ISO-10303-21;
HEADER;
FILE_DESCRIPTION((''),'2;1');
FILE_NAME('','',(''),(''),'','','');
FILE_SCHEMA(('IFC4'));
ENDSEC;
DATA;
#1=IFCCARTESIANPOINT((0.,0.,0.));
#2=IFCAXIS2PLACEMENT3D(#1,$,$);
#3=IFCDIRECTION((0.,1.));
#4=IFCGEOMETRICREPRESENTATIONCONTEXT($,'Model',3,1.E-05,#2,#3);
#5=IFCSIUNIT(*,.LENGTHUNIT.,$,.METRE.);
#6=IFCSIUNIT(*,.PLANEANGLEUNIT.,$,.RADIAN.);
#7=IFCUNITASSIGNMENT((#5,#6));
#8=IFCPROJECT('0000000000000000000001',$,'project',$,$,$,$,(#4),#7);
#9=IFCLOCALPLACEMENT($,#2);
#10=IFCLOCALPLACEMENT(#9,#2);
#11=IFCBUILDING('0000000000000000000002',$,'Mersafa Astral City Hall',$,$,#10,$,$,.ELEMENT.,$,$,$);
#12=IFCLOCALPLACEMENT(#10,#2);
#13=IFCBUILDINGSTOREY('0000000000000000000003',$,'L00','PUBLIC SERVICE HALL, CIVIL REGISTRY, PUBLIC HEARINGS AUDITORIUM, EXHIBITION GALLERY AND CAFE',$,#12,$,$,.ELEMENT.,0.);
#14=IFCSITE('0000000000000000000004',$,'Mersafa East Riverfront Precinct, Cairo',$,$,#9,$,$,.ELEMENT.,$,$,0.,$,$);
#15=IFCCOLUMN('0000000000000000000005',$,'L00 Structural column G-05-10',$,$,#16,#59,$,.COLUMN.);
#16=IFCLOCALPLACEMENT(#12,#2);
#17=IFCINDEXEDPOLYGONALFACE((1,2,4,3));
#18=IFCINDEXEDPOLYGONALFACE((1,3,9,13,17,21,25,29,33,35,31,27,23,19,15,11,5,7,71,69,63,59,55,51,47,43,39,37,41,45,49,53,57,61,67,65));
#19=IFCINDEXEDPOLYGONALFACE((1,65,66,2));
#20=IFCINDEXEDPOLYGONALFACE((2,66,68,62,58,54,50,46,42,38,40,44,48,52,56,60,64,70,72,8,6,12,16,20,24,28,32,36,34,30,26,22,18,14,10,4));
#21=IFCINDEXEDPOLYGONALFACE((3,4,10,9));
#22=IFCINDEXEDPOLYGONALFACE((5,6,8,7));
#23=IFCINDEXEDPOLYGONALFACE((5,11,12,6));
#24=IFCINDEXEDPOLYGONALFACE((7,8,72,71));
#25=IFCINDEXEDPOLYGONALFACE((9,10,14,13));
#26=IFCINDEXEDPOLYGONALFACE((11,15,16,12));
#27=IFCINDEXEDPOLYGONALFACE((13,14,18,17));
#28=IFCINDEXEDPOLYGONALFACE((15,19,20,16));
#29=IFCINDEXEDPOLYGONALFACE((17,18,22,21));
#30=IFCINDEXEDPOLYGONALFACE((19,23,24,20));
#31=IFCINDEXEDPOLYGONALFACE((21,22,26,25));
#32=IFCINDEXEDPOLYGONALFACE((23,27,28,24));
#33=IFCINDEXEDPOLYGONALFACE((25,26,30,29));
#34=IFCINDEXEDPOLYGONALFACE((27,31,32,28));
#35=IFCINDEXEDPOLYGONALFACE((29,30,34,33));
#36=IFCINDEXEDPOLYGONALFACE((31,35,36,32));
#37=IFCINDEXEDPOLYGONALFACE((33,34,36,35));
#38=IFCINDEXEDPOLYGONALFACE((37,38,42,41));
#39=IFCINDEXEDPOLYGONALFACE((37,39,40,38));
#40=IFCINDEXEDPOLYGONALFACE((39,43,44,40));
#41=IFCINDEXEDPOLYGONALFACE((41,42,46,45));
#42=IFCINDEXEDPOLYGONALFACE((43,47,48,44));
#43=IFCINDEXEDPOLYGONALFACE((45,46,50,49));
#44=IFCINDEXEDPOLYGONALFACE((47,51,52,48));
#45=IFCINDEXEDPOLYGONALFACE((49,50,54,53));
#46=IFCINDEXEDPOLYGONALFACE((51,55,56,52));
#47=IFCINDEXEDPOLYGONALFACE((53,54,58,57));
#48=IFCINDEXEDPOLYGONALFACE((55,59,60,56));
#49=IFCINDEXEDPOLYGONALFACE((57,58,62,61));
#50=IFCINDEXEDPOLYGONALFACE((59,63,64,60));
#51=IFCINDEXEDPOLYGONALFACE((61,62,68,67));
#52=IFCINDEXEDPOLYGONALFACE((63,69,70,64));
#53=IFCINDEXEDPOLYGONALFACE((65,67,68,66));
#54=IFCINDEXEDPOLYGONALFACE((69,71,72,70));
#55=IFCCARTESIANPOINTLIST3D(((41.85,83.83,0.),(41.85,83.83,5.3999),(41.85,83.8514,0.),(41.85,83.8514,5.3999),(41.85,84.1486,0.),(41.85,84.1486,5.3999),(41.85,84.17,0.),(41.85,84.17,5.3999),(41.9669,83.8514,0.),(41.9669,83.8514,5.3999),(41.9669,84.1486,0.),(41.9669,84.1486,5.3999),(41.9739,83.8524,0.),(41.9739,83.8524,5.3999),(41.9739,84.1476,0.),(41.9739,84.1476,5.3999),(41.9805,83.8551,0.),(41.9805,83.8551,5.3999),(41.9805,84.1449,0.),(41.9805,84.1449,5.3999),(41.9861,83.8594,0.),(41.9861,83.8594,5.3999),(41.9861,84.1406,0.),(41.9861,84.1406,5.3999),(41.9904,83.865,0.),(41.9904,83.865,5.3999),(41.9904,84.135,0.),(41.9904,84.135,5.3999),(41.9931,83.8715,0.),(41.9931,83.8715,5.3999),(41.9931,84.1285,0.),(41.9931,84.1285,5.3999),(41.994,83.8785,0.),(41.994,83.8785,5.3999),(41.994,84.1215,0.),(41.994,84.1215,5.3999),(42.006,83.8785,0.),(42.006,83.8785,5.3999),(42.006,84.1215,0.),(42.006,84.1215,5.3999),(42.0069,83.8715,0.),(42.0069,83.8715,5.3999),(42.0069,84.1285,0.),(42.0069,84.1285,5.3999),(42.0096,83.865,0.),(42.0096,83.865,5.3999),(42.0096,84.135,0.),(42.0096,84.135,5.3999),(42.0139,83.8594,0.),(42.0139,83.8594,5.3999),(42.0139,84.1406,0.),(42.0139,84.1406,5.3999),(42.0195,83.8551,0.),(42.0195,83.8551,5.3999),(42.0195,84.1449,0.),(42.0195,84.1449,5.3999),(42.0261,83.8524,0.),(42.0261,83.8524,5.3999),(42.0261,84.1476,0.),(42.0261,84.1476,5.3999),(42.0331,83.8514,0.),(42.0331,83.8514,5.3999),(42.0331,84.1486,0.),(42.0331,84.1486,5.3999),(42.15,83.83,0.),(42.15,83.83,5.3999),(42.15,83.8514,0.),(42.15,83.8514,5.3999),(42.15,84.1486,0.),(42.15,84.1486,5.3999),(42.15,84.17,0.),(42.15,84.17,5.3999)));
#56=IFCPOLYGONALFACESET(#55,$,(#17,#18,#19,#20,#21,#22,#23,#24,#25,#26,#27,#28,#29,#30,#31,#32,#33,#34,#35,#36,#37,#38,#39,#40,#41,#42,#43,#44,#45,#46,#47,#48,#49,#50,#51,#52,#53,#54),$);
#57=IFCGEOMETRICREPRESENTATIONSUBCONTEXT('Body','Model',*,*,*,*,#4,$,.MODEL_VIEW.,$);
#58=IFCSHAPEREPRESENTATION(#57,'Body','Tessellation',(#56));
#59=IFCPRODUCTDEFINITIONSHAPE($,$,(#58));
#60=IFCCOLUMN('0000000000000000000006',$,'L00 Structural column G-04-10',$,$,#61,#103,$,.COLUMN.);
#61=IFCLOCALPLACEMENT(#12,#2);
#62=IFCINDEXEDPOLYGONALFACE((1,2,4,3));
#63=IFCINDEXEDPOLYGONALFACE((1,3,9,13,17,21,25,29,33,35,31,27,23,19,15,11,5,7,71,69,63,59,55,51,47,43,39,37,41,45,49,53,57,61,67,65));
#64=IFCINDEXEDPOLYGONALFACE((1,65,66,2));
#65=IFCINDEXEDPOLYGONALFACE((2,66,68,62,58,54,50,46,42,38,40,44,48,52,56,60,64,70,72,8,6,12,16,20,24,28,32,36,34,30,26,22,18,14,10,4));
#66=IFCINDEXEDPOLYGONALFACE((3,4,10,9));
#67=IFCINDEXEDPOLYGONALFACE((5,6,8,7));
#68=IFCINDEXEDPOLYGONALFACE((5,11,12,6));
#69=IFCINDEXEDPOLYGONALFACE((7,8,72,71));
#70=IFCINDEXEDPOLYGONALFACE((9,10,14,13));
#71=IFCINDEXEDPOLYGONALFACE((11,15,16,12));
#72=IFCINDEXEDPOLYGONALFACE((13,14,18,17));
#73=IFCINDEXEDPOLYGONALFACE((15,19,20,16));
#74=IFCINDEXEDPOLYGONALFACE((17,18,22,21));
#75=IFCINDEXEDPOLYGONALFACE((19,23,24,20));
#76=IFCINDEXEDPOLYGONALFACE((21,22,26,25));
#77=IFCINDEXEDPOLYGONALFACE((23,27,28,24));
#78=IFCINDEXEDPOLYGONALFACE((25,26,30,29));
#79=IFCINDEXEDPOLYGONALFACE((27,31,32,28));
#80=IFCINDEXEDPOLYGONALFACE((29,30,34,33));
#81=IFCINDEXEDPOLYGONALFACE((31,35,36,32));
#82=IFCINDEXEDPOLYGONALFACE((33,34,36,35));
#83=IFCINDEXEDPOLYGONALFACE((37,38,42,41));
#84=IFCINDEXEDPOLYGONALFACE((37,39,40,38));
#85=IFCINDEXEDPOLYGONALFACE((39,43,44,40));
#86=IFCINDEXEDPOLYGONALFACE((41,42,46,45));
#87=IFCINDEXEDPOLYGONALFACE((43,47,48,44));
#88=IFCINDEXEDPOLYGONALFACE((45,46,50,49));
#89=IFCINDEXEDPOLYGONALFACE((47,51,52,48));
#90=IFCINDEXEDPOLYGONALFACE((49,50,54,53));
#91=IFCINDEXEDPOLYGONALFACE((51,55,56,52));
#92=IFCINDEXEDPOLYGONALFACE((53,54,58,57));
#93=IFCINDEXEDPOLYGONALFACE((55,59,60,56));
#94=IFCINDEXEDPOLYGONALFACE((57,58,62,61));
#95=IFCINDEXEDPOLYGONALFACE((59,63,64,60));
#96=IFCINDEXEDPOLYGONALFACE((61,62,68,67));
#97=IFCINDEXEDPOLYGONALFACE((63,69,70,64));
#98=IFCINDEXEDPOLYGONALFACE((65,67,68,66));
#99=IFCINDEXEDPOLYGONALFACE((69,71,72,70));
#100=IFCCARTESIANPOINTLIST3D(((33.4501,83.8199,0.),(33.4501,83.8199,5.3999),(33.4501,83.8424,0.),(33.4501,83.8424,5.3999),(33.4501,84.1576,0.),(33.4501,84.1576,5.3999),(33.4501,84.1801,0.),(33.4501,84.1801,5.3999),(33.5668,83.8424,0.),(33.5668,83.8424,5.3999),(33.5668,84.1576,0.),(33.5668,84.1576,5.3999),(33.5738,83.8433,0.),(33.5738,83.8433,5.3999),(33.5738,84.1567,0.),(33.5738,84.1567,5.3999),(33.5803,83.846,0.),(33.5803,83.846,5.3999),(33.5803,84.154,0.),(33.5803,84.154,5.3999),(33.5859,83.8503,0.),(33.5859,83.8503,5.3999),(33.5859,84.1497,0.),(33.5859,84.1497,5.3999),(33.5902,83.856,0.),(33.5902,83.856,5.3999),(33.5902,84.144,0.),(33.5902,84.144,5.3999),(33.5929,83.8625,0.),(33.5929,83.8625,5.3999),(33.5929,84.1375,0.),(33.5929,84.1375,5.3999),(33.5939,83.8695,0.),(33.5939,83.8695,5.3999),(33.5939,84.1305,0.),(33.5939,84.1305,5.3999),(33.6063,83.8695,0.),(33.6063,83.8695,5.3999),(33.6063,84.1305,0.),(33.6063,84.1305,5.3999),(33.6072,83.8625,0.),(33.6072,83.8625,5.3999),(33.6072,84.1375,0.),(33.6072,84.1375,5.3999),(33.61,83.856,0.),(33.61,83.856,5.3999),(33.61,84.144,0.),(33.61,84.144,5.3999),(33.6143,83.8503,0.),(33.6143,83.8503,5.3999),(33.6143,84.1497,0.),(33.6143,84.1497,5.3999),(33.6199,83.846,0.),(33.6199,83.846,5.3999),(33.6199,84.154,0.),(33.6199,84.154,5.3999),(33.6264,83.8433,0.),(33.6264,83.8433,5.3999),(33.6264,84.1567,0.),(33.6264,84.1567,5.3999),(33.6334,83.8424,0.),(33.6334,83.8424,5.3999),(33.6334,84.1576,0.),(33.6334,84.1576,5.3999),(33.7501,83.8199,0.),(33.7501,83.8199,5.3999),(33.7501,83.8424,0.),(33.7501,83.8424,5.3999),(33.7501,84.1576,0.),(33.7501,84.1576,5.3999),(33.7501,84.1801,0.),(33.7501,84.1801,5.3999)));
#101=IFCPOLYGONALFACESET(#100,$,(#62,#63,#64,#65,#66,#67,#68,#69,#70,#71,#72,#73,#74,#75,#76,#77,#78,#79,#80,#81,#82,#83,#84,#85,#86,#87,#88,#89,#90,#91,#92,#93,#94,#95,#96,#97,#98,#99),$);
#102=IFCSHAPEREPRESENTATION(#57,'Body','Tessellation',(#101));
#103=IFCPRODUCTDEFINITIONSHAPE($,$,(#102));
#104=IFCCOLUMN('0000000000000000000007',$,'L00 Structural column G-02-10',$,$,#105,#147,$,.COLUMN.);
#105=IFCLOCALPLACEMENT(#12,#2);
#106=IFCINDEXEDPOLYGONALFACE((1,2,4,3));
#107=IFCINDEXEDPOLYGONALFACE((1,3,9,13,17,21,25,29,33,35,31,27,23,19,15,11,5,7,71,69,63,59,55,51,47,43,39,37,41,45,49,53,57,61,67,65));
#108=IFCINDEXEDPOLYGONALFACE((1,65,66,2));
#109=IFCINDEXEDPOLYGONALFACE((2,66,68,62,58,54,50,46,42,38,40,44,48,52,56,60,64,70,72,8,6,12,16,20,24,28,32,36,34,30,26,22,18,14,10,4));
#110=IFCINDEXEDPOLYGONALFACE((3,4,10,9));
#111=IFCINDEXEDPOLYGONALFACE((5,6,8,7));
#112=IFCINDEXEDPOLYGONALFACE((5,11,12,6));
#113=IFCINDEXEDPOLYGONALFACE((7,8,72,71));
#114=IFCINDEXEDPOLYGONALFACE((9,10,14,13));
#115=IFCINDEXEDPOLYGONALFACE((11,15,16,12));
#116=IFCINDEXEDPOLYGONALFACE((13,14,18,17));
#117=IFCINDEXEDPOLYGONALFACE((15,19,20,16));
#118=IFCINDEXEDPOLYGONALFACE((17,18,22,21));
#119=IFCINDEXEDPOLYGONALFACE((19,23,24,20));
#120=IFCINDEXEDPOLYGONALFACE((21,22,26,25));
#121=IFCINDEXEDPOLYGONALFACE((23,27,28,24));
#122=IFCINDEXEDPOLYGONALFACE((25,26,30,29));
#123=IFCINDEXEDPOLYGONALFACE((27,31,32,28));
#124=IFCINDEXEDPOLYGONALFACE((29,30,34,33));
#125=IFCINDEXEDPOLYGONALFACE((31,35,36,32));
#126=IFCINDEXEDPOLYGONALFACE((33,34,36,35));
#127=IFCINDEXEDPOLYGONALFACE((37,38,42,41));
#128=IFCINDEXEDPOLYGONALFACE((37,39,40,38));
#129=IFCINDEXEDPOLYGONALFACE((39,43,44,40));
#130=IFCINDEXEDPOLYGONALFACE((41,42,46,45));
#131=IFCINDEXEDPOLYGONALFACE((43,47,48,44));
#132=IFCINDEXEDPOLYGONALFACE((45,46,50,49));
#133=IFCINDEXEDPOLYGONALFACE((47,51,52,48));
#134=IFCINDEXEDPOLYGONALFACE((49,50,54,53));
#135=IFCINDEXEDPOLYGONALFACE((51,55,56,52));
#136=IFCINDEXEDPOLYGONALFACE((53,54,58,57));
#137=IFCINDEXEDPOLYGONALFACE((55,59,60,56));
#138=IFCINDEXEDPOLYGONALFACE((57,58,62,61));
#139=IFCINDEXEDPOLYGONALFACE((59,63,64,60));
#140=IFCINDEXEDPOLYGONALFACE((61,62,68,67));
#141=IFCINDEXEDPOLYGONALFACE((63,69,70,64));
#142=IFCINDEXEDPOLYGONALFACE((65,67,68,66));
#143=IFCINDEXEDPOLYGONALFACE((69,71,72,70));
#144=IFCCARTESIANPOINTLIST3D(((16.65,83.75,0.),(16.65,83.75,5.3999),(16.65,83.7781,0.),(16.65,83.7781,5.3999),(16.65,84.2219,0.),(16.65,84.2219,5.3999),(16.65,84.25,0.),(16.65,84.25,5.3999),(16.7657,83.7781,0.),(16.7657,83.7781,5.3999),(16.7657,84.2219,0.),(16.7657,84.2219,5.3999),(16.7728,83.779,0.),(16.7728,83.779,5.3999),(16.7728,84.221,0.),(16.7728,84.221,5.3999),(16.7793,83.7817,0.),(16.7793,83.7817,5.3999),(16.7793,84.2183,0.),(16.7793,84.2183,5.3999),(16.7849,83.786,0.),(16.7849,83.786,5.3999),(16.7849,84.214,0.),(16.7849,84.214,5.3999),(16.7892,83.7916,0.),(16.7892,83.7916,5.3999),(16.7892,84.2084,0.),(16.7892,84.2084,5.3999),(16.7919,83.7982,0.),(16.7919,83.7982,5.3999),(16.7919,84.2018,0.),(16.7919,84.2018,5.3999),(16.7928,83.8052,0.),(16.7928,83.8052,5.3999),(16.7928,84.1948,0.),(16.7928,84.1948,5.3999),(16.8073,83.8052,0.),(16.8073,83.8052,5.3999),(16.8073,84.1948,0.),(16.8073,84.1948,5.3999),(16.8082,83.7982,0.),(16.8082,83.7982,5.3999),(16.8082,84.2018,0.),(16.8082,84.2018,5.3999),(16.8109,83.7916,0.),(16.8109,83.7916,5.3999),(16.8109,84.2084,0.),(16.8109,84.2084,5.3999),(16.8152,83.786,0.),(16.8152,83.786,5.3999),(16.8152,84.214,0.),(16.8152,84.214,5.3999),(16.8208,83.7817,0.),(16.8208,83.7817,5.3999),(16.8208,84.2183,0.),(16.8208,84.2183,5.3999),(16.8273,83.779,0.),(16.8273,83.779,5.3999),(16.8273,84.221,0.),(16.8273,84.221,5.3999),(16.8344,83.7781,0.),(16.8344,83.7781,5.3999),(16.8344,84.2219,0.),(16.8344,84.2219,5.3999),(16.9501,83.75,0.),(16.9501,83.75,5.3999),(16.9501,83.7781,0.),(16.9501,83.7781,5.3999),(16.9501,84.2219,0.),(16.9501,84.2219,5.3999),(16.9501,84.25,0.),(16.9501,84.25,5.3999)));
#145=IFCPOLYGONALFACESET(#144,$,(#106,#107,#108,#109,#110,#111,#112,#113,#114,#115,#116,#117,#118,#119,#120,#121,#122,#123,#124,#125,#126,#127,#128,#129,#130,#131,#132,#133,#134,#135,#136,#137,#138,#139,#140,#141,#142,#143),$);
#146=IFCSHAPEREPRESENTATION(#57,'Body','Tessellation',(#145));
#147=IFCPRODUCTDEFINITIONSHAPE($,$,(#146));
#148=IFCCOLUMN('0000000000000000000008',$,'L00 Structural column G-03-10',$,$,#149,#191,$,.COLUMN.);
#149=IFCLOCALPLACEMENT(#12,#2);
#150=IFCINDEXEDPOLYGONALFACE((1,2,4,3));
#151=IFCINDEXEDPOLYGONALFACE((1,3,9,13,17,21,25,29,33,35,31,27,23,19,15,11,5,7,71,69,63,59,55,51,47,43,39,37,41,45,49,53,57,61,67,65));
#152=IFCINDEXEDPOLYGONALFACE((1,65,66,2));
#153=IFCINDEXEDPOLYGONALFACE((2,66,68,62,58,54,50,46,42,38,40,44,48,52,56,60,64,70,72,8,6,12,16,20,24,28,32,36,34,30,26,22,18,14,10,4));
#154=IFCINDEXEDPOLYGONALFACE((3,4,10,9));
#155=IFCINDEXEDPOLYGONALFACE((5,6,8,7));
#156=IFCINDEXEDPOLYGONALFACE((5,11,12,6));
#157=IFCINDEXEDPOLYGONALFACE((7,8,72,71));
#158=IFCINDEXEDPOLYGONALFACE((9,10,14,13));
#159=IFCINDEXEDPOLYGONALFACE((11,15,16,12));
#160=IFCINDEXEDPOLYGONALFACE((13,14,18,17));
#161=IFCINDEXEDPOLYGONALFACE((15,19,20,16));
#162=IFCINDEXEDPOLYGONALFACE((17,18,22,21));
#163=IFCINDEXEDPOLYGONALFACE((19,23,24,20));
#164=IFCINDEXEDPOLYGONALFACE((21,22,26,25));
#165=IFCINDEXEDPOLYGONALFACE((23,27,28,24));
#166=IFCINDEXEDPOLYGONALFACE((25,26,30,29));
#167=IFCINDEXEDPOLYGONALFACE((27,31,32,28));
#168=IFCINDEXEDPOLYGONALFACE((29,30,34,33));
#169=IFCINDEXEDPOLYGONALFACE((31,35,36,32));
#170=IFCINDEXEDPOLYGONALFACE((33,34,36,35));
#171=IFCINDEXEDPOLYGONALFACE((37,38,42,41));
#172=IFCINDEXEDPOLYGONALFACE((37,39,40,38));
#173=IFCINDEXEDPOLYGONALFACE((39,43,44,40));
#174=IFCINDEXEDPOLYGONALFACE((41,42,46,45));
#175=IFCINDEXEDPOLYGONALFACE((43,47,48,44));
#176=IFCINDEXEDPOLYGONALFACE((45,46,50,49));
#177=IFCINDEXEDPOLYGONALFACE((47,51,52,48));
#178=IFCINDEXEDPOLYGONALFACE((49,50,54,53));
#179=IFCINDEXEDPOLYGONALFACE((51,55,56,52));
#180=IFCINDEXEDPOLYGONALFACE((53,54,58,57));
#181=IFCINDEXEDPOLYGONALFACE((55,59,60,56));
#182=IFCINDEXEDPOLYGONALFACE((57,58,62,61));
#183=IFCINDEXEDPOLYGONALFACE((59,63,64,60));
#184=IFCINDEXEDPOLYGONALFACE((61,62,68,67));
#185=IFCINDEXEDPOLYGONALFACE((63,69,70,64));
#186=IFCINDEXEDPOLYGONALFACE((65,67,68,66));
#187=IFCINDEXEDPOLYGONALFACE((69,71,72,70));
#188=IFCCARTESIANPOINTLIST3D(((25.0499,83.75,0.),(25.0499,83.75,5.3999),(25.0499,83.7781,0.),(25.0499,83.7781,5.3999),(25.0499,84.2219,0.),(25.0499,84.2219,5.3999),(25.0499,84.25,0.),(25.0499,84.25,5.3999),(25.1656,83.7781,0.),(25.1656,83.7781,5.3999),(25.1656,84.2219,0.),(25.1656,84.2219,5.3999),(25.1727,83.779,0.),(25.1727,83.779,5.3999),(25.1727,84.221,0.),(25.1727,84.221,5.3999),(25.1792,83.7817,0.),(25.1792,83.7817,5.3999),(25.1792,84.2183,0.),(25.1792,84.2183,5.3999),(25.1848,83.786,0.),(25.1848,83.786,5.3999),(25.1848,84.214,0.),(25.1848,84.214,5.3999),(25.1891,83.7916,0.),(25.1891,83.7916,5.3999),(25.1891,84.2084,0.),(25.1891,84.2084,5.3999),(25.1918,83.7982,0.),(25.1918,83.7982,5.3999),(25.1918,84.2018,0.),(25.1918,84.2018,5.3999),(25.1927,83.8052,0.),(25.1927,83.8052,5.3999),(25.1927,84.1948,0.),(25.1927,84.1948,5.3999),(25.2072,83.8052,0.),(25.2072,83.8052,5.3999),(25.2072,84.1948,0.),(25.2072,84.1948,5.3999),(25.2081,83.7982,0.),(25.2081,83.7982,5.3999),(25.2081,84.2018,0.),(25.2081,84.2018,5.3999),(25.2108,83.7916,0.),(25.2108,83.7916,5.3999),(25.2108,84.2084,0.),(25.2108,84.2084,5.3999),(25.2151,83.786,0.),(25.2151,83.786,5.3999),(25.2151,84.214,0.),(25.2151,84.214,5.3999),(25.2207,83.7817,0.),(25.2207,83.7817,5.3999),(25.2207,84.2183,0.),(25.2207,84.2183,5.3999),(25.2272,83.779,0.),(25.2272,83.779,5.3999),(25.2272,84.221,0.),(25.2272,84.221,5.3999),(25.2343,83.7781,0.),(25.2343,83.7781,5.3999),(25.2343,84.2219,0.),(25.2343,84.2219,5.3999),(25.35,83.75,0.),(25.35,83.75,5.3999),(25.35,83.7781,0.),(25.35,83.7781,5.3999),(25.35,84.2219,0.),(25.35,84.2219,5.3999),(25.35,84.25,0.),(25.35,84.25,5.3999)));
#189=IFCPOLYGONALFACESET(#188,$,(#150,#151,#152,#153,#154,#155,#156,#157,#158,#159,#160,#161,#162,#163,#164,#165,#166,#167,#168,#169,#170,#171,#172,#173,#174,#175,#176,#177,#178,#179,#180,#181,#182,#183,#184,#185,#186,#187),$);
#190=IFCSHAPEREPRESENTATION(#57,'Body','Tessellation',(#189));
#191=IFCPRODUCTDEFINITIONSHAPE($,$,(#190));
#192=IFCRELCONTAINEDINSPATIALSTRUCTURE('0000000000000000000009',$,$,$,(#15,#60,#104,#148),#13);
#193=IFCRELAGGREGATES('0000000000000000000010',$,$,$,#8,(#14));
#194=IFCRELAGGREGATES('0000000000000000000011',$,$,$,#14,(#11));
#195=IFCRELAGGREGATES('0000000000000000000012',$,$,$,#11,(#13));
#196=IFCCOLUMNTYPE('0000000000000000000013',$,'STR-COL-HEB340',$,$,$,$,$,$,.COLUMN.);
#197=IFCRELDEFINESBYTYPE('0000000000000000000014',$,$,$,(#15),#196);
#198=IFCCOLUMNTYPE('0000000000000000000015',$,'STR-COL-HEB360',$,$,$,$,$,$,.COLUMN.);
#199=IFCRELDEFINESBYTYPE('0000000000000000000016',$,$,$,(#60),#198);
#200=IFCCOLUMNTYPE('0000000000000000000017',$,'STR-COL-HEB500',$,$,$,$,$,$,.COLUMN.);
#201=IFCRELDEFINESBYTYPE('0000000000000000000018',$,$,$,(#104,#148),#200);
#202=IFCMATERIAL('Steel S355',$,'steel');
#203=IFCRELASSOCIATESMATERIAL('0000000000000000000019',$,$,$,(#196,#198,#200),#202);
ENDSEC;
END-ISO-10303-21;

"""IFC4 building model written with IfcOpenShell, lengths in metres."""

from ifc_helpers import new_model, si_unit, direction, frame, origin, origin_2d, place, context, subcontext, project, spatial, i_section, extrude, material, material_profile, profile_set, type_object, element, save


model = new_model("IFC4")

# Units and contexts
model_context = context("Model", 3, precision=1e-05, world=origin(), true_north=direction((0.0, 1.0)))
body_context = subcontext(model_context, "Body", "Model", "MODEL_VIEW")
ifc_project = project(units=[si_unit("LENGTHUNIT", "METRE"), si_unit("PLANEANGLEUNIT", "RADIAN")], contexts=[model_context])

# Site, building, storey
site_placement = place(None, origin())
site = spatial("IfcSite", under=ifc_project, at=site_placement, Name="Mersafa East Riverfront Precinct, Cairo", CompositionType="ELEMENT", RefElevation=0.0)
building_placement = place(site_placement, origin())
building = spatial("IfcBuilding", under=site, at=building_placement, Name="Mersafa Astral City Hall", CompositionType="ELEMENT")
storey_placement = place(building_placement, origin())
storey = spatial("IfcBuildingStorey", under=building, at=storey_placement, Name="L00", Description="PUBLIC SERVICE HALL, CIVIL REGISTRY, PUBLIC HEARINGS AUDITORIUM, EXHIBITION GALLERY AND CAFE", CompositionType="ELEMENT", Elevation=0.0)

# Columns
ifc_material_1 = material(Name="Steel S355", Category="steel")
ifc_material_profile_1 = material_profile(ifc_material_1, i_section(OverallWidth=0.3, OverallDepth=0.3401, WebThickness=0.012, FlangeThickness=0.0215, FilletRadius=0.0271, at=origin_2d()), Name="HEB 340")
ifc_profile_set_1 = profile_set([ifc_material_profile_1], Name="Steel S355")
column_type_1 = type_object("IfcColumnType", Name="STR-COL-HEB340", PredefinedType="COLUMN", material=ifc_profile_set_1)
column_1_placement = place(storey_placement, frame((42.0, 84.0, 0.0), z_axis=(0.0, 0.0, 1.0), x_axis=(1.0, 0.0, 0.0)))
element("IfcColumn", 1, at=column_1_placement, inside=storey, type_object=column_type_1, Name="L00 Structural column G-05-10", PredefinedType="COLUMN", context=body_context, shape_type="SweptSolid", body=[
    extrude(i_section(OverallWidth=0.3, OverallDepth=0.3401, WebThickness=0.012, FlangeThickness=0.0215, FilletRadius=0.0271, at=origin_2d()), origin(), (0.0, 0.0, 1.0), 5.3999),
])
ifc_material_profile_2 = material_profile(ifc_material_1, i_section(OverallWidth=0.3, OverallDepth=0.3601, WebThickness=0.0125, FlangeThickness=0.0225, FilletRadius=0.0271, at=origin_2d()), Name="HEB 360")
ifc_profile_set_2 = profile_set([ifc_material_profile_2], Name="Steel S355")
column_type_2 = type_object("IfcColumnType", Name="STR-COL-HEB360", PredefinedType="COLUMN", material=ifc_profile_set_2)
column_2_placement = place(storey_placement, frame((33.6001, 84.0, 0.0), z_axis=(0.0, 0.0, 1.0), x_axis=(1.0, 0.0, 0.0)))
element("IfcColumn", 2, at=column_2_placement, inside=storey, type_object=column_type_2, Name="L00 Structural column G-04-10", PredefinedType="COLUMN", context=body_context, shape_type="SweptSolid", body=[
    extrude(i_section(OverallWidth=0.3, OverallDepth=0.3601, WebThickness=0.0125, FlangeThickness=0.0225, FilletRadius=0.0271, at=origin_2d()), origin(), (0.0, 0.0, 1.0), 5.3999),
])
ifc_material_profile_3 = material_profile(ifc_material_1, i_section(OverallWidth=0.3, OverallDepth=0.5, WebThickness=0.0144, FlangeThickness=0.0281, FilletRadius=0.0271, at=origin_2d()), Name="HEB 500")
ifc_profile_set_3 = profile_set([ifc_material_profile_3], Name="Steel S355")
column_type_3 = type_object("IfcColumnType", Name="STR-COL-HEB500", PredefinedType="COLUMN", material=ifc_profile_set_3)
for number, where, z_axis, x_axis, name in (
    (3, (16.8, 84.0, 0.0), (0.0, 0.0, 1.0), (1.0, 0.0, 0.0), "L00 Structural column G-02-10"),
    (4, (25.2, 84.0, 0.0), (0.0, 0.0, 1.0), (1.0, 0.0, 0.0), "L00 Structural column G-03-10"),
):
    element("IfcColumn", number, at=place(storey_placement, frame(where, z_axis=z_axis, x_axis=x_axis)), inside=storey, type_object=column_type_3, Name=name, PredefinedType="COLUMN", context=body_context, shape_type="SweptSolid", body=[
        extrude(i_section(OverallWidth=0.3, OverallDepth=0.5, WebThickness=0.0144, FlangeThickness=0.0281, FilletRadius=0.0271, at=origin_2d()), origin(), (0.0, 0.0, 1.0), 5.3999),
    ])

save(model, "model.ifc")
